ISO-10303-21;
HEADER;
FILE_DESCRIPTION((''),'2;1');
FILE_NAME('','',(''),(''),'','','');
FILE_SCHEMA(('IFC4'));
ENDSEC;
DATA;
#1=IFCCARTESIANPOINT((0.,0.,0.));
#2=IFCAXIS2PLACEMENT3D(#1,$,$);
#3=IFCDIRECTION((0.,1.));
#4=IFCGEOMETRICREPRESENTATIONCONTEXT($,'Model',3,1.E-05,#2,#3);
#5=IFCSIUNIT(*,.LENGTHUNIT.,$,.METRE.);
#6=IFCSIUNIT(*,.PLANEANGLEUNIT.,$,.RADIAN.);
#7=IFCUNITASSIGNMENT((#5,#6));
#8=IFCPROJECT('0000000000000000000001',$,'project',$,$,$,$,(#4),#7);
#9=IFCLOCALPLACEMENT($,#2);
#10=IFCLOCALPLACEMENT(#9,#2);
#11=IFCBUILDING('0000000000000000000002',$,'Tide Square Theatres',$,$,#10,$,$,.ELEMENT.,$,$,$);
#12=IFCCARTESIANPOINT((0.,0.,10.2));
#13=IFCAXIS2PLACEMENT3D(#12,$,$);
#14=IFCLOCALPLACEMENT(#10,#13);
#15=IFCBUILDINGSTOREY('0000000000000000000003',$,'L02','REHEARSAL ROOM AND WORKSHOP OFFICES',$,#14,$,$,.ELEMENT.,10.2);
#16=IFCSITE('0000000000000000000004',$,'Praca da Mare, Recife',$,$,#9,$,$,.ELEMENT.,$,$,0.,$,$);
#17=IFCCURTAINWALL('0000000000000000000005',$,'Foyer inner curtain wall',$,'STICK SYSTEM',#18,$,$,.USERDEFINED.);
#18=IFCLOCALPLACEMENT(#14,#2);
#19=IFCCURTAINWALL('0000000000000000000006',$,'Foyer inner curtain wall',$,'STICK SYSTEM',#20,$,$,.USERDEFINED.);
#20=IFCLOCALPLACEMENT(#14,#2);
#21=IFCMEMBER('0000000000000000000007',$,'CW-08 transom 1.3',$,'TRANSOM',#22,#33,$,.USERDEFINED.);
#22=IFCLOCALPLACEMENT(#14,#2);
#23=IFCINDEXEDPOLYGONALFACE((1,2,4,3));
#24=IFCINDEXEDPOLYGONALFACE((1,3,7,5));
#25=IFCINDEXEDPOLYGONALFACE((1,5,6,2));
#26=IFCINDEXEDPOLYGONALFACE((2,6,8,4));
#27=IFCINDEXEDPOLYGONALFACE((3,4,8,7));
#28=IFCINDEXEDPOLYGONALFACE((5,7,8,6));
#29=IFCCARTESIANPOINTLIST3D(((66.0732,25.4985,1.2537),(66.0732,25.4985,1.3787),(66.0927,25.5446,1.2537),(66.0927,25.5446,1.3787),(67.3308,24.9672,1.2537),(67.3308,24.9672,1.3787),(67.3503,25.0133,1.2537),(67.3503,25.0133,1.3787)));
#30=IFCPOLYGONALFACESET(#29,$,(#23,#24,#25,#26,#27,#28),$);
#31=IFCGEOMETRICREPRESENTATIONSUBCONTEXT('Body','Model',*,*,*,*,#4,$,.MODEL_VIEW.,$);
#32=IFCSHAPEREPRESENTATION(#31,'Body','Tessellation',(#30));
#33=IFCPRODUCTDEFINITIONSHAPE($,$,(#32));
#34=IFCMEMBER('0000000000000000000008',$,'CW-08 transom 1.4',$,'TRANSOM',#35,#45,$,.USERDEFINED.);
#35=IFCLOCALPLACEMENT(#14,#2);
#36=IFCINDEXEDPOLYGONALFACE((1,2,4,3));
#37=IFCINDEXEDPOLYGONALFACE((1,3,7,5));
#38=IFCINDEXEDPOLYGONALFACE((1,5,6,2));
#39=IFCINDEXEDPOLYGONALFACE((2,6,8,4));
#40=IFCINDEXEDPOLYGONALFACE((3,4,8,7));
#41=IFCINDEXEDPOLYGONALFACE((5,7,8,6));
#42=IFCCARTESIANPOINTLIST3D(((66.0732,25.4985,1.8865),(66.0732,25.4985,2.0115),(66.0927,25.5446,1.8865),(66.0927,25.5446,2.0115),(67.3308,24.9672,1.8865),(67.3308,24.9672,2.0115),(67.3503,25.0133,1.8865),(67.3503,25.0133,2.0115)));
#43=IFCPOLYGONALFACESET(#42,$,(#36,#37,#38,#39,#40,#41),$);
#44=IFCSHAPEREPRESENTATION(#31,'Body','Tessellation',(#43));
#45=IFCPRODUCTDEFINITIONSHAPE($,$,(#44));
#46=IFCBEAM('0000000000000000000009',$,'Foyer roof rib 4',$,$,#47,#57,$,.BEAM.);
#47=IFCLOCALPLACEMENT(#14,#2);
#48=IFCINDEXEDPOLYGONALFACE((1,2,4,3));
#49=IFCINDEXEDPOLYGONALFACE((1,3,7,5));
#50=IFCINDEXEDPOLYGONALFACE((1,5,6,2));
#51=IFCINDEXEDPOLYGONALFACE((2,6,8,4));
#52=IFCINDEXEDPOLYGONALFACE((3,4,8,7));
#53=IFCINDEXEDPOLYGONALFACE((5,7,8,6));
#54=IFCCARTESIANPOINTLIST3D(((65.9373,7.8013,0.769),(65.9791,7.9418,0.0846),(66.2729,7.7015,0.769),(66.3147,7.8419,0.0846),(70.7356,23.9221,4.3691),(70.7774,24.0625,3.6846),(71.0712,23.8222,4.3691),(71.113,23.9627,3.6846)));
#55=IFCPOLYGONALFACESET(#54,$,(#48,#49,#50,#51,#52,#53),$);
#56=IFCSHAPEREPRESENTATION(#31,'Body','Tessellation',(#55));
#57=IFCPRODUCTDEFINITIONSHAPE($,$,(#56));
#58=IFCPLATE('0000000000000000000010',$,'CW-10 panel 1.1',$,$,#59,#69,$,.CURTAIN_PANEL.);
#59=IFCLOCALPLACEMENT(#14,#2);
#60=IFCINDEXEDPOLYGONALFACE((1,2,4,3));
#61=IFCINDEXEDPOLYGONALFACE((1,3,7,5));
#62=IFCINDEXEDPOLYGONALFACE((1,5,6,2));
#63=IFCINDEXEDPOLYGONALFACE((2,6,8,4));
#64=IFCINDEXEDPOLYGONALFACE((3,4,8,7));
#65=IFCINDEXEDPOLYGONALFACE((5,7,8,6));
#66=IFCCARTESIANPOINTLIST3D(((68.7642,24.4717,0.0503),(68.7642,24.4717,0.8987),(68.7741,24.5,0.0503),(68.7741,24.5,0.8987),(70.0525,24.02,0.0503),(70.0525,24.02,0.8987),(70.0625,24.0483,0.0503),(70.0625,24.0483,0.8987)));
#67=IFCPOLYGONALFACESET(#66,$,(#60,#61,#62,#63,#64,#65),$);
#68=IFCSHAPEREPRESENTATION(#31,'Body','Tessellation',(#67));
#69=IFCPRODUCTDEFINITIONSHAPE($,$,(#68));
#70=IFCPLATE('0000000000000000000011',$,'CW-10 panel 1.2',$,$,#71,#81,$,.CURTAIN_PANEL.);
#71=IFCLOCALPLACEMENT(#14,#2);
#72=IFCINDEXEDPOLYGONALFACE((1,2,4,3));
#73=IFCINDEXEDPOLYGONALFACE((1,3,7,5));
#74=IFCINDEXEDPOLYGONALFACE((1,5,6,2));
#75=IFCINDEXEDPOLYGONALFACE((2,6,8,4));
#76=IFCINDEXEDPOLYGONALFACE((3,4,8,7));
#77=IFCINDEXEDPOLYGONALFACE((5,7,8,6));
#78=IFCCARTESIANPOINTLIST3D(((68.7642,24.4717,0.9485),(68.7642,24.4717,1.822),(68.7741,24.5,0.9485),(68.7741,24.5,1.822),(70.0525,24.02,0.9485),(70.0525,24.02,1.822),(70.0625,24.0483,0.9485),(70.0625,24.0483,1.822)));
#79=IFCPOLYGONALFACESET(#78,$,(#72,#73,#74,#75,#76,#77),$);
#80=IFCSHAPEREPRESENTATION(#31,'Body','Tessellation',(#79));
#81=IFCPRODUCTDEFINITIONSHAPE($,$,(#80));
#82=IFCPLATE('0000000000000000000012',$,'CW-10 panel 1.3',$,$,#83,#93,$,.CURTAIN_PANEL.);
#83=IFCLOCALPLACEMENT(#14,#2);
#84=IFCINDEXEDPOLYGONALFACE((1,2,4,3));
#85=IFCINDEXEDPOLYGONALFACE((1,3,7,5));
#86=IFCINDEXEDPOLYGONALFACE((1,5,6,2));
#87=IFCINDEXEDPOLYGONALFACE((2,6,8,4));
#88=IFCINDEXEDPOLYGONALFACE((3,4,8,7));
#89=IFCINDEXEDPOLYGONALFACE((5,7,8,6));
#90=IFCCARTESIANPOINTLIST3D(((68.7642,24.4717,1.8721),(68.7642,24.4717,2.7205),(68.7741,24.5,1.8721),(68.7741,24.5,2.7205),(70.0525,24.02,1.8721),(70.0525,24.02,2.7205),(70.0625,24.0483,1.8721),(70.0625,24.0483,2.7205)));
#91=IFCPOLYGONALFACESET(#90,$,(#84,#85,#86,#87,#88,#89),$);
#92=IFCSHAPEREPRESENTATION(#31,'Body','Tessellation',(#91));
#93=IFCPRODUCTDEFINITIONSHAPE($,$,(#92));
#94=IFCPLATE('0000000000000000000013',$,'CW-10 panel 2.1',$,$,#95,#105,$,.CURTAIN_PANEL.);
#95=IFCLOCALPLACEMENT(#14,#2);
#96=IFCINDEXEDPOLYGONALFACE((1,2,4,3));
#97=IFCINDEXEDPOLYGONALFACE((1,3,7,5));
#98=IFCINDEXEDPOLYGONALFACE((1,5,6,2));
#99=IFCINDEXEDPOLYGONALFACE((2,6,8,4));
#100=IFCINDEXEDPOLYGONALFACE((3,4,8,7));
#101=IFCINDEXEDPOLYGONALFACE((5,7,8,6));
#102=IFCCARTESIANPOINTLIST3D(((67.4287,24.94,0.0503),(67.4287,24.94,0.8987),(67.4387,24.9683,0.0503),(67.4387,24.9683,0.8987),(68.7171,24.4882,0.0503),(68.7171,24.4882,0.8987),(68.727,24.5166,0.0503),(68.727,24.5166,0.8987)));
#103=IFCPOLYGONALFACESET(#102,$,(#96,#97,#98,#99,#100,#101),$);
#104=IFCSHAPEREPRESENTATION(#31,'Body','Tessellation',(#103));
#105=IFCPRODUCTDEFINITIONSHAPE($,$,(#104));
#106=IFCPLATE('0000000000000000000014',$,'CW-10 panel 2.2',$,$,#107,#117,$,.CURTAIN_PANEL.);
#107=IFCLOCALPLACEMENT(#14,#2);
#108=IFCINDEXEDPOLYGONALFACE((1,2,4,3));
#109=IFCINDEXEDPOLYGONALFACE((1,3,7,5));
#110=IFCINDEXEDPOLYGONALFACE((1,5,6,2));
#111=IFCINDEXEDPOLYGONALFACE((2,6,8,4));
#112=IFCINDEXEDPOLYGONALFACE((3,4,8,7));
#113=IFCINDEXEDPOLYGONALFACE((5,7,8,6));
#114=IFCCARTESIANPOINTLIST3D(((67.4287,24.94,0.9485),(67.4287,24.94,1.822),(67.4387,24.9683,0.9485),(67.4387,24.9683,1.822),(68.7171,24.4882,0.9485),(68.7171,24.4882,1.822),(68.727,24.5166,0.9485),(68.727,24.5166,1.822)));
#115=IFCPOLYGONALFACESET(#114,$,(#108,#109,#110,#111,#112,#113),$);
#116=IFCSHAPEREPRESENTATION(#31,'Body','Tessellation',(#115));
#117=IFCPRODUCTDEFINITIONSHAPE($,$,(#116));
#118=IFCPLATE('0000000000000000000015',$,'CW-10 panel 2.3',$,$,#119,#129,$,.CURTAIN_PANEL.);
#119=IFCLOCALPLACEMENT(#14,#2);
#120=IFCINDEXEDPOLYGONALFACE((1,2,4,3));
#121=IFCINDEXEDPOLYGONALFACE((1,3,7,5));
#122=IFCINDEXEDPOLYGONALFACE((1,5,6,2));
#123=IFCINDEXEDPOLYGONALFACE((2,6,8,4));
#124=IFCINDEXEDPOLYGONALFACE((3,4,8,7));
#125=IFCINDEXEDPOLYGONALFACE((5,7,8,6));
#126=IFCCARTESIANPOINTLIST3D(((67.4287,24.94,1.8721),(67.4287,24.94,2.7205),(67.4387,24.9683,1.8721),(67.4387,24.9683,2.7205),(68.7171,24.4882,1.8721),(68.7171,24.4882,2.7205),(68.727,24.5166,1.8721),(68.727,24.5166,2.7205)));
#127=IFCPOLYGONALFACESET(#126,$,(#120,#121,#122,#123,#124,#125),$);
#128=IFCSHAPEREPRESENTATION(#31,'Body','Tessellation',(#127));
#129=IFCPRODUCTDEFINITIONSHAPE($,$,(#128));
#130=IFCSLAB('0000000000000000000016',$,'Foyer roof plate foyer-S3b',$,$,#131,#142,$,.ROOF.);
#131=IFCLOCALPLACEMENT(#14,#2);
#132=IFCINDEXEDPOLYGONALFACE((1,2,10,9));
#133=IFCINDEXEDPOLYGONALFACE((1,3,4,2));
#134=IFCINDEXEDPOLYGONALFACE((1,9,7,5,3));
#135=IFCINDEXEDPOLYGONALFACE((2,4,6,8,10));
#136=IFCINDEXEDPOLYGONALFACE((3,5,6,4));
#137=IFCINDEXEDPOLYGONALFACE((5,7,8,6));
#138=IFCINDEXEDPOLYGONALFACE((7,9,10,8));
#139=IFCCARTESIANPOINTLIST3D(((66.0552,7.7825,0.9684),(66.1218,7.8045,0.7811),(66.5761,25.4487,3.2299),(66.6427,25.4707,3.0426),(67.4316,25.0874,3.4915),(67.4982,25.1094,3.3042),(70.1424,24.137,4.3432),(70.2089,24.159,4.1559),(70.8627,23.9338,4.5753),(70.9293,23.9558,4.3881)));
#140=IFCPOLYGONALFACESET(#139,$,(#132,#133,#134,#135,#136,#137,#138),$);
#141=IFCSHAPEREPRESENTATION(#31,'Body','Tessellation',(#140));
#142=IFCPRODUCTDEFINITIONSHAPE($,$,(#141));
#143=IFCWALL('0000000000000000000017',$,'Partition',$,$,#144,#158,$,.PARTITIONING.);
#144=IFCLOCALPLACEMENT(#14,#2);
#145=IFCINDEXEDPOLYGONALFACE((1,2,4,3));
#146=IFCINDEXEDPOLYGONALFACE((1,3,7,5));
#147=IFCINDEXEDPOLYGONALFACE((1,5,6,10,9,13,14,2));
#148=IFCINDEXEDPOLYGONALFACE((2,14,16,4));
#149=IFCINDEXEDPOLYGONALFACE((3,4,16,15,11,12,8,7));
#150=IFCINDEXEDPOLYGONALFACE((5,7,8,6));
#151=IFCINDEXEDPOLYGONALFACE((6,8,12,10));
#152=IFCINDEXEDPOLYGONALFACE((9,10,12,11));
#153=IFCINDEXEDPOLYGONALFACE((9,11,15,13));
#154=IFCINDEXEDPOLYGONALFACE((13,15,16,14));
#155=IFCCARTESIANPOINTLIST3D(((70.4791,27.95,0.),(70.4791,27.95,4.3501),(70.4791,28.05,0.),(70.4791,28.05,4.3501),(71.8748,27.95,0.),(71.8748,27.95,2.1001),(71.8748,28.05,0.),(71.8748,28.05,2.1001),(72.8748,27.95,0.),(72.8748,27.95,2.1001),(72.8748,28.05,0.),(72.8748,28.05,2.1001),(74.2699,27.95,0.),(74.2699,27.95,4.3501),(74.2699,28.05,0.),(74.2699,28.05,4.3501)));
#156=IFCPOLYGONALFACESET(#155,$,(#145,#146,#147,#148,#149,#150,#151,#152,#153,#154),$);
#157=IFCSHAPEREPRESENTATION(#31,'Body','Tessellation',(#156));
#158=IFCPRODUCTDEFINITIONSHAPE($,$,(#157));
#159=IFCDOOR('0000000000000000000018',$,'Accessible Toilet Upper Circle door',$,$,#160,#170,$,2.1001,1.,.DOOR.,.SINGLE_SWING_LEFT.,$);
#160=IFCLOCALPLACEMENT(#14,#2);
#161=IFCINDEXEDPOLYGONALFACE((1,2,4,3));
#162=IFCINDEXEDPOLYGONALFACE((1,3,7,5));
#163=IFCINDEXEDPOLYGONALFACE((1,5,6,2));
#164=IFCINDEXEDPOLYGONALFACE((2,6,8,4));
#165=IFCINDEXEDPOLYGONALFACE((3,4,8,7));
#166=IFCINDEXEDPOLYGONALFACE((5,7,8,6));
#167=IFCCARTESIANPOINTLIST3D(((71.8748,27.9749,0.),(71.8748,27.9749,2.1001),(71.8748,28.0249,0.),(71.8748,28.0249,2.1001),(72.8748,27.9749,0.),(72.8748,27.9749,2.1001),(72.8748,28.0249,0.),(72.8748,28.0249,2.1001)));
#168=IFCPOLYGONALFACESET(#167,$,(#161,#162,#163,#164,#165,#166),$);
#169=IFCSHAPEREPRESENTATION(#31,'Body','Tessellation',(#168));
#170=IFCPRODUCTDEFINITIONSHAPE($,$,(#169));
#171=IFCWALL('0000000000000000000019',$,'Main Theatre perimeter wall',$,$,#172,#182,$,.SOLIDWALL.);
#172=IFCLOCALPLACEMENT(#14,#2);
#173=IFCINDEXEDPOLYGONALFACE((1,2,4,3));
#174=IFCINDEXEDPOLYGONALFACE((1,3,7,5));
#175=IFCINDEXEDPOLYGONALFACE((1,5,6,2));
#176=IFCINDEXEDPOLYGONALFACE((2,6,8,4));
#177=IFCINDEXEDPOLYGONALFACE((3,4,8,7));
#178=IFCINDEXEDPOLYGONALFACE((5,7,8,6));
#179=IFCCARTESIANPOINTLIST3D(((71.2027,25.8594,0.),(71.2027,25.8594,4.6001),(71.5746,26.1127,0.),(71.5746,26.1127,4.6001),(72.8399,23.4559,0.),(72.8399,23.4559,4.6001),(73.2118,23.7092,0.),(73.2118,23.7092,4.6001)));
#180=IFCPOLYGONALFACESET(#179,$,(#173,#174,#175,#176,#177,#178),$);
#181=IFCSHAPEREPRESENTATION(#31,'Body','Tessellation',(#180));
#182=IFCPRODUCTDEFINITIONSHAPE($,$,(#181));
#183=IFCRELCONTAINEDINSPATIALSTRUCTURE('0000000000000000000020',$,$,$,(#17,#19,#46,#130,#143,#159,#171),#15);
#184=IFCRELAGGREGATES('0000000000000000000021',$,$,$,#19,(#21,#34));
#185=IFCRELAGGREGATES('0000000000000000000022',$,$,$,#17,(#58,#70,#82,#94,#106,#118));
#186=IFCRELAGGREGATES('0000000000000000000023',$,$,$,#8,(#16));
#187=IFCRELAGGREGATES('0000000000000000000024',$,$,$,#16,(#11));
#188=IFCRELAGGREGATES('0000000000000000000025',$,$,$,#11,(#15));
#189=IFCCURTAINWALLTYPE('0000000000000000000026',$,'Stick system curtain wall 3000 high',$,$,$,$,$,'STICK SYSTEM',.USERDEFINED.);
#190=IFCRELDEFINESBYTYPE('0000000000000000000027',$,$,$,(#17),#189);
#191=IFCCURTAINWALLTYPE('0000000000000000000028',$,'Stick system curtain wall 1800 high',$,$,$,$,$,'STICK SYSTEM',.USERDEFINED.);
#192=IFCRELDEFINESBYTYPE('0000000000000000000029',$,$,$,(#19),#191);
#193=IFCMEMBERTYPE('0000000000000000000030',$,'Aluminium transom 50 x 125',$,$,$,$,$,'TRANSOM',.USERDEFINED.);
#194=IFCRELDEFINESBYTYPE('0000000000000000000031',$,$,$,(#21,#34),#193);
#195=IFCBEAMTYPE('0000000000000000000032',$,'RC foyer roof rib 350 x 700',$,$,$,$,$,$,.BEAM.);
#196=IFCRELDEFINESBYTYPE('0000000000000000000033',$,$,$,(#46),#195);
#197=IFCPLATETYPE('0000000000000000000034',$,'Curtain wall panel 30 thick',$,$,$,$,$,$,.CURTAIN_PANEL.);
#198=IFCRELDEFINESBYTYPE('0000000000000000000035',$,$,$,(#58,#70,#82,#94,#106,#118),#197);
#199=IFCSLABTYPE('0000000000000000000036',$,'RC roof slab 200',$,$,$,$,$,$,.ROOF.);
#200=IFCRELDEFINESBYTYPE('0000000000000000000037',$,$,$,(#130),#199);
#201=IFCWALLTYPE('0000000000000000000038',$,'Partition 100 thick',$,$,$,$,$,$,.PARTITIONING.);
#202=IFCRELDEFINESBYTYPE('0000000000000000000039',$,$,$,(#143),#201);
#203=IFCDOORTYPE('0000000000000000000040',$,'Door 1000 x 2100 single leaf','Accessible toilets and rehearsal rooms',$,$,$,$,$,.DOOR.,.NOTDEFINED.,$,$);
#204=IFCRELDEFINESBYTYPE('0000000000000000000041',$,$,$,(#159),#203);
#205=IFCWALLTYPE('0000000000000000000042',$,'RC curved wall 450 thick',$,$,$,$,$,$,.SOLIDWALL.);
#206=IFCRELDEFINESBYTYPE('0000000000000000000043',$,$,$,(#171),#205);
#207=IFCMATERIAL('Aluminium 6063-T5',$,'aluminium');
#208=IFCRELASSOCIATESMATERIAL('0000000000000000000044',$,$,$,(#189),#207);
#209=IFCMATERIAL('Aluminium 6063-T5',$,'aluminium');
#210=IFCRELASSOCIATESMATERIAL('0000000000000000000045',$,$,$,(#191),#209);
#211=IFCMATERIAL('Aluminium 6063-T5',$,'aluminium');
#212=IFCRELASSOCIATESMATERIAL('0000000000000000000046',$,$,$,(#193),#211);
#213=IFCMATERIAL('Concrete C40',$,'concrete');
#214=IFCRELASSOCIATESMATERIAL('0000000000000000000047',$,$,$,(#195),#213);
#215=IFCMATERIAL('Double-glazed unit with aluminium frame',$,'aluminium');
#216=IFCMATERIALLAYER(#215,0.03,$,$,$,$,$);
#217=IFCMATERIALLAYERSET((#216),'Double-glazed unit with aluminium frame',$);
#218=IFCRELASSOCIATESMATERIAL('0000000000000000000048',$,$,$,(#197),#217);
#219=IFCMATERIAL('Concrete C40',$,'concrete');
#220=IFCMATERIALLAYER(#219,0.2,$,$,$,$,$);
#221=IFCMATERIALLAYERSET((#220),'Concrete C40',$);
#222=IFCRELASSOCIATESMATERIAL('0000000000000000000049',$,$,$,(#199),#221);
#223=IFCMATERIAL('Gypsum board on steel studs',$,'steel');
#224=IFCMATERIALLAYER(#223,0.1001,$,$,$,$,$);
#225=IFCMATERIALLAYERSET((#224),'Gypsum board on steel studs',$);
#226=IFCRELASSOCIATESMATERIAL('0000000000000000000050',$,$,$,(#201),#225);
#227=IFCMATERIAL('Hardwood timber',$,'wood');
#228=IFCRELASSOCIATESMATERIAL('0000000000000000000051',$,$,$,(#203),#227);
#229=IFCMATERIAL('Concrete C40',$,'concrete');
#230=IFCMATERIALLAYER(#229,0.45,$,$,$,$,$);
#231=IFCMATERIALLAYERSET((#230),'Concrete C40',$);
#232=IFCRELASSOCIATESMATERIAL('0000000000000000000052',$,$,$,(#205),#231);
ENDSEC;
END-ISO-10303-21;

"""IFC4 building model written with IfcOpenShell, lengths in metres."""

from ifc_helpers import new_model, si_unit, direction, frame, frame_2d, origin, origin_2d, place, context, subcontext, project, spatial, polyline, rectangle, outline, extrude, material, layer, layer_set, material_profile, profile_set, type_object, element, fill, aggregate, save


model = new_model("IFC4")

# Units and contexts
model_context = context("Model", 3, precision=1e-05, world=origin(), true_north=direction((0.0, 1.0)))
body_context = subcontext(model_context, "Body", "Model", "MODEL_VIEW")
ifc_project = project(units=[si_unit("LENGTHUNIT", "METRE"), si_unit("PLANEANGLEUNIT", "RADIAN")], contexts=[model_context])

# Site, building, storey
site_placement = place(None, origin())
site = spatial("IfcSite", under=ifc_project, at=site_placement, Name="Praca da Mare, Recife", CompositionType="ELEMENT", RefElevation=0.0)
building_placement = place(site_placement, origin())
building = spatial("IfcBuilding", under=site, at=building_placement, Name="Tide Square Theatres", CompositionType="ELEMENT")
storey_placement = place(building_placement, frame((0.0, 0.0, 10.2)))
storey = spatial("IfcBuildingStorey", under=building, at=storey_placement, Name="L02", Description="REHEARSAL ROOM AND WORKSHOP OFFICES", CompositionType="ELEMENT", Elevation=10.2)

# Shared definitions
ifc_material_1 = material(Name="Aluminium 6063-T5", Category="aluminium")
curtain_wall_type_1 = type_object("IfcCurtainWallType", Name="Stick system curtain wall 3000 high", ElementType="STICK SYSTEM", PredefinedType="USERDEFINED", material=ifc_material_1)

# Curtain wall
curtain_wall_1_placement = place(storey_placement, origin())
curtain_wall_1 = element("IfcCurtainWall", 1, at=curtain_wall_1_placement, inside=storey, type_object=curtain_wall_type_1, Name="Foyer inner curtain wall", ObjectType="STICK SYSTEM", PredefinedType="USERDEFINED")

# Curtain wall
ifc_material_2 = material(Name="Aluminium 6063-T5", Category="aluminium")
curtain_wall_type_2 = type_object("IfcCurtainWallType", Name="Stick system curtain wall 1800 high", ElementType="STICK SYSTEM", PredefinedType="USERDEFINED", material=ifc_material_2)
curtain_wall_2_placement = place(storey_placement, origin())
curtain_wall_2 = element("IfcCurtainWall", 2, at=curtain_wall_2_placement, inside=storey, type_object=curtain_wall_type_2, Name="Foyer inner curtain wall", ObjectType="STICK SYSTEM", PredefinedType="USERDEFINED")

# Members
ifc_material_3 = material(Name="Aluminium 6063-T5", Category="aluminium")
ifc_material_profile_1 = material_profile(ifc_material_3, rectangle(XDim=0.05, YDim=0.125, at=origin_2d()))
ifc_profile_set_1 = profile_set([ifc_material_profile_1], Name="Aluminium 6063-T5")
member_type_1 = type_object("IfcMemberType", Name="Aluminium transom 50 x 125", ElementType="TRANSOM", PredefinedType="USERDEFINED", material=ifc_profile_set_1)
member_1_placement = place(storey_placement, frame((67.3406, 24.9902, 1.3162), z_axis=(-0.921177, 0.389144, 0.0), x_axis=(-0.389144, -0.921177, 0.0)))
member_1 = element("IfcMember", 3, at=member_1_placement, type_object=member_type_1, Name="CW-08 transom 1.3", ObjectType="TRANSOM", PredefinedType="USERDEFINED", context=body_context, shape_type="SweptSolid", body=[
    extrude(rectangle(XDim=0.05, YDim=0.125, at=origin_2d()), origin(), (0.0, 0.0, 1.0), 1.3652),
])
member_2_placement = place(storey_placement, frame((67.3406, 24.9902, 1.949), z_axis=(-0.921177, 0.389144, 0.0), x_axis=(-0.389144, -0.921177, 0.0)))
member_2 = element("IfcMember", 4, at=member_2_placement, type_object=member_type_1, Name="CW-08 transom 1.4", ObjectType="TRANSOM", PredefinedType="USERDEFINED", context=body_context, shape_type="SweptSolid", body=[
    extrude(rectangle(XDim=0.05, YDim=0.125, at=origin_2d()), origin(), (0.0, 0.0, 1.0), 1.3652),
])
aggregate(curtain_wall_2, [member_1, member_2])

# Beam
ifc_material_4 = material(Name="Concrete C40", Category="concrete")
ifc_material_profile_2 = material_profile(ifc_material_4, rectangle(XDim=0.3501, YDim=0.7, at=origin_2d()))
ifc_profile_set_2 = profile_set([ifc_material_profile_2], Name="Concrete C40")
beam_type = type_object("IfcBeamType", Name="RC foyer roof rib 350 x 700", PredefinedType="BEAM", material=ifc_profile_set_2)
beam_placement = place(storey_placement, frame((70.9243, 23.9424, 4.0269), z_axis=(-0.278961, -0.937217, -0.209299), x_axis=(0.958444, -0.285279, 0.0)))
element("IfcBeam", 5, at=beam_placement, inside=storey, type_object=beam_type, Name="Foyer roof rib 4", PredefinedType="BEAM", context=body_context, shape_type="SweptSolid", body=[
    extrude(rectangle(XDim=0.3501, YDim=0.7, at=origin_2d()), origin(), (0.0, 0.0, 1.0), 17.2007),
])

# Plates
ifc_material_5 = material(Name="Double-glazed unit with aluminium frame", Category="aluminium")
ifc_layer_1 = layer(ifc_material_5, 0.03)
ifc_layer_set_1 = layer_set([ifc_layer_1], Name="Double-glazed unit with aluminium frame")
plate_type = type_object("IfcPlateType", Name="Curtain wall panel 30 thick", PredefinedType="CURTAIN_PANEL", material=ifc_layer_set_1)
plate_1_placement = place(storey_placement, frame((69.4133, 24.26, 0.0503), z_axis=(0.0, 0.0, 1.0), x_axis=(-0.943674, 0.330876, 0.0)))
plate_1 = element("IfcPlate", 6, at=plate_1_placement, type_object=plate_type, Name="CW-10 panel 1.1", PredefinedType="CURTAIN_PANEL", context=body_context, shape_type="SweptSolid", body=[
    extrude(rectangle(XDim=1.3652, YDim=0.03, at=origin_2d()), origin(), (0.0, 0.0, 1.0), 0.8484),
])
plate_2_placement = place(storey_placement, frame((69.4133, 24.26, 0.9485), z_axis=(0.0, 0.0, 1.0), x_axis=(-0.943674, 0.330876, 0.0)))
plate_2 = element("IfcPlate", 7, at=plate_2_placement, type_object=plate_type, Name="CW-10 panel 1.2", PredefinedType="CURTAIN_PANEL", context=body_context, shape_type="SweptSolid", body=[
    extrude(rectangle(XDim=1.3652, YDim=0.03, at=origin_2d()), origin(), (0.0, 0.0, 1.0), 0.8735),
])
plate_3_placement = place(storey_placement, frame((69.4133, 24.26, 1.8721), z_axis=(0.0, 0.0, 1.0), x_axis=(-0.943674, 0.330876, 0.0)))
plate_3 = element("IfcPlate", 8, at=plate_3_placement, type_object=plate_type, Name="CW-10 panel 1.3", PredefinedType="CURTAIN_PANEL", context=body_context, shape_type="SweptSolid", body=[
    extrude(rectangle(XDim=1.3652, YDim=0.03, at=origin_2d()), origin(), (0.0, 0.0, 1.0), 0.8484),
])
plate_4_placement = place(storey_placement, frame((68.0779, 24.7283, 0.0503), z_axis=(0.0, 0.0, 1.0), x_axis=(-0.943674, 0.330876, 0.0)))
plate_4 = element("IfcPlate", 9, at=plate_4_placement, type_object=plate_type, Name="CW-10 panel 2.1", PredefinedType="CURTAIN_PANEL", context=body_context, shape_type="SweptSolid", body=[
    extrude(rectangle(XDim=1.3652, YDim=0.03, at=origin_2d()), origin(), (0.0, 0.0, 1.0), 0.8484),
])
plate_5_placement = place(storey_placement, frame((68.0779, 24.7283, 0.9485), z_axis=(0.0, 0.0, 1.0), x_axis=(-0.943674, 0.330876, 0.0)))
plate_5 = element("IfcPlate", 10, at=plate_5_placement, type_object=plate_type, Name="CW-10 panel 2.2", PredefinedType="CURTAIN_PANEL", context=body_context, shape_type="SweptSolid", body=[
    extrude(rectangle(XDim=1.3652, YDim=0.03, at=origin_2d()), origin(), (0.0, 0.0, 1.0), 0.8735),
])
plate_6_placement = place(storey_placement, frame((68.0779, 24.7283, 1.8721), z_axis=(0.0, 0.0, 1.0), x_axis=(-0.943674, 0.330876, 0.0)))
plate_6 = element("IfcPlate", 11, at=plate_6_placement, type_object=plate_type, Name="CW-10 panel 2.3", PredefinedType="CURTAIN_PANEL", context=body_context, shape_type="SweptSolid", body=[
    extrude(rectangle(XDim=1.3652, YDim=0.03, at=origin_2d()), origin(), (0.0, 0.0, 1.0), 0.8484),
])
aggregate(curtain_wall_1, [plate_1, plate_2, plate_3, plate_4, plate_5, plate_6])

# Slab
ifc_material_6 = material(Name="Concrete C40", Category="concrete")
ifc_layer_2 = layer(ifc_material_6, 0.2)
ifc_layer_set_2 = layer_set([ifc_layer_2], Name="Concrete C40")
slab_type = type_object("IfcSlabType", Name="RC roof slab 200", PredefinedType="ROOF", material=ifc_layer_set_2)
slab_placement = place(storey_placement, frame((67.4316, 25.0874, 3.4915), z_axis=(-0.332853, -0.110074, 0.936532), x_axis=(-0.886706, 0.374487, -0.27113)))
element("IfcSlab", 12, at=slab_placement, inside=storey, type_object=slab_type, Name="Foyer roof plate foyer-S3b", PredefinedType="ROOF", context=body_context, shape_type="SweptSolid", body=[
    extrude(outline(polyline([(0.0, 0.0), (0.9648, 0.0), (-4.5759, 16.9346), (-3.7683, -0.2798), (-2.9905, -0.1841), (0.0, 0.0)])), origin(), (0.0, 0.0, -1.0), 0.2),
])

# Wall, opening, door
ifc_material_7 = material(Name="Gypsum board on steel studs", Category="steel")
ifc_layer_3 = layer(ifc_material_7, 0.1001)
ifc_layer_set_3 = layer_set([ifc_layer_3], Name="Gypsum board on steel studs")
wall_type_1 = type_object("IfcWallType", Name="Partition 100 thick", PredefinedType="PARTITIONING", material=ifc_layer_set_3)
wall_1_placement = place(storey_placement, frame((74.27, 28.0, 0.0), z_axis=(0.0, 0.0, 1.0), x_axis=(-1.0, 0.0, 0.0)))
wall_1 = element("IfcWall", 13, at=wall_1_placement, inside=storey, type_object=wall_type_1, Name="Partition", PredefinedType="PARTITIONING", context=body_context, shape_type="SweptSolid", body=[
    extrude(rectangle(XDim=3.7908, YDim=0.1001, at=frame_2d((1.8955, 0.0))), origin(), (0.0, 0.0, 1.0), 4.3501),
])
opening_placement = place(wall_1_placement, frame((1.3953, 0.0, 0.0)))
opening = element("IfcOpeningElement", 14, at=opening_placement, cuts=wall_1, PredefinedType="OPENING", context=body_context, shape_type="SweptSolid", body=[
    extrude(rectangle(XDim=1.0, YDim=2.1001, at=frame_2d((0.5, 1.05))), frame((0.0, 0.0601, 0.0), z_axis=(0.0, -1.0, 0.0), x_axis=(1.0, 0.0, 0.0)), (0.0, 0.0, 1.0), 0.1201),
])
ifc_material_8 = material(Name="Hardwood timber", Category="wood")
door_type = type_object("IfcDoorType", Name="Door 1000 x 2100 single leaf", Description="Accessible toilets and rehearsal rooms", OperationType="NOTDEFINED", PredefinedType="DOOR", material=ifc_material_8)
door_placement = place(opening_placement, frame((1.0, 0.0, 0.0), z_axis=(0.0, 0.0, 1.0), x_axis=(-1.0, 0.0, 0.0)))
door = element("IfcDoor", 15, at=door_placement, inside=storey, type_object=door_type, Name="Accessible Toilet Upper Circle door", OperationType="SINGLE_SWING_LEFT", OverallHeight=2.1001, OverallWidth=1.0, PredefinedType="DOOR", context=body_context, shape_type="SweptSolid", body=[
    extrude(rectangle(XDim=1.0, YDim=2.1001, at=frame_2d((0.5, 1.05))), frame((0.0, 0.0249, 0.0), z_axis=(0.0, -1.0, 0.0), x_axis=(1.0, 0.0, 0.0)), (0.0, 0.0, 1.0), 0.05),
])
fill(opening, door)

# Wall
ifc_material_9 = material(Name="Concrete C40", Category="concrete")
ifc_layer_4 = layer(ifc_material_9, 0.45)
ifc_layer_set_4 = layer_set([ifc_layer_4], Name="Concrete C40")
wall_type_2 = type_object("IfcWallType", Name="RC curved wall 450 thick", PredefinedType="SOLIDWALL", material=ifc_layer_set_4)
wall_2_placement = place(storey_placement, frame((71.3887, 25.9861, 0.0), z_axis=(0.0, 0.0, 1.0), x_axis=(0.562964, -0.826481, 0.0)))
element("IfcWall", 16, at=wall_2_placement, inside=storey, type_object=wall_type_2, Name="Main Theatre perimeter wall", PredefinedType="SOLIDWALL", context=body_context, shape_type="SweptSolid", body=[
    extrude(rectangle(XDim=2.9082, YDim=0.45, at=frame_2d((1.4541, 0.0))), origin(), (0.0, 0.0, 1.0), 4.6001),
])

save(model, "model.ifc")
